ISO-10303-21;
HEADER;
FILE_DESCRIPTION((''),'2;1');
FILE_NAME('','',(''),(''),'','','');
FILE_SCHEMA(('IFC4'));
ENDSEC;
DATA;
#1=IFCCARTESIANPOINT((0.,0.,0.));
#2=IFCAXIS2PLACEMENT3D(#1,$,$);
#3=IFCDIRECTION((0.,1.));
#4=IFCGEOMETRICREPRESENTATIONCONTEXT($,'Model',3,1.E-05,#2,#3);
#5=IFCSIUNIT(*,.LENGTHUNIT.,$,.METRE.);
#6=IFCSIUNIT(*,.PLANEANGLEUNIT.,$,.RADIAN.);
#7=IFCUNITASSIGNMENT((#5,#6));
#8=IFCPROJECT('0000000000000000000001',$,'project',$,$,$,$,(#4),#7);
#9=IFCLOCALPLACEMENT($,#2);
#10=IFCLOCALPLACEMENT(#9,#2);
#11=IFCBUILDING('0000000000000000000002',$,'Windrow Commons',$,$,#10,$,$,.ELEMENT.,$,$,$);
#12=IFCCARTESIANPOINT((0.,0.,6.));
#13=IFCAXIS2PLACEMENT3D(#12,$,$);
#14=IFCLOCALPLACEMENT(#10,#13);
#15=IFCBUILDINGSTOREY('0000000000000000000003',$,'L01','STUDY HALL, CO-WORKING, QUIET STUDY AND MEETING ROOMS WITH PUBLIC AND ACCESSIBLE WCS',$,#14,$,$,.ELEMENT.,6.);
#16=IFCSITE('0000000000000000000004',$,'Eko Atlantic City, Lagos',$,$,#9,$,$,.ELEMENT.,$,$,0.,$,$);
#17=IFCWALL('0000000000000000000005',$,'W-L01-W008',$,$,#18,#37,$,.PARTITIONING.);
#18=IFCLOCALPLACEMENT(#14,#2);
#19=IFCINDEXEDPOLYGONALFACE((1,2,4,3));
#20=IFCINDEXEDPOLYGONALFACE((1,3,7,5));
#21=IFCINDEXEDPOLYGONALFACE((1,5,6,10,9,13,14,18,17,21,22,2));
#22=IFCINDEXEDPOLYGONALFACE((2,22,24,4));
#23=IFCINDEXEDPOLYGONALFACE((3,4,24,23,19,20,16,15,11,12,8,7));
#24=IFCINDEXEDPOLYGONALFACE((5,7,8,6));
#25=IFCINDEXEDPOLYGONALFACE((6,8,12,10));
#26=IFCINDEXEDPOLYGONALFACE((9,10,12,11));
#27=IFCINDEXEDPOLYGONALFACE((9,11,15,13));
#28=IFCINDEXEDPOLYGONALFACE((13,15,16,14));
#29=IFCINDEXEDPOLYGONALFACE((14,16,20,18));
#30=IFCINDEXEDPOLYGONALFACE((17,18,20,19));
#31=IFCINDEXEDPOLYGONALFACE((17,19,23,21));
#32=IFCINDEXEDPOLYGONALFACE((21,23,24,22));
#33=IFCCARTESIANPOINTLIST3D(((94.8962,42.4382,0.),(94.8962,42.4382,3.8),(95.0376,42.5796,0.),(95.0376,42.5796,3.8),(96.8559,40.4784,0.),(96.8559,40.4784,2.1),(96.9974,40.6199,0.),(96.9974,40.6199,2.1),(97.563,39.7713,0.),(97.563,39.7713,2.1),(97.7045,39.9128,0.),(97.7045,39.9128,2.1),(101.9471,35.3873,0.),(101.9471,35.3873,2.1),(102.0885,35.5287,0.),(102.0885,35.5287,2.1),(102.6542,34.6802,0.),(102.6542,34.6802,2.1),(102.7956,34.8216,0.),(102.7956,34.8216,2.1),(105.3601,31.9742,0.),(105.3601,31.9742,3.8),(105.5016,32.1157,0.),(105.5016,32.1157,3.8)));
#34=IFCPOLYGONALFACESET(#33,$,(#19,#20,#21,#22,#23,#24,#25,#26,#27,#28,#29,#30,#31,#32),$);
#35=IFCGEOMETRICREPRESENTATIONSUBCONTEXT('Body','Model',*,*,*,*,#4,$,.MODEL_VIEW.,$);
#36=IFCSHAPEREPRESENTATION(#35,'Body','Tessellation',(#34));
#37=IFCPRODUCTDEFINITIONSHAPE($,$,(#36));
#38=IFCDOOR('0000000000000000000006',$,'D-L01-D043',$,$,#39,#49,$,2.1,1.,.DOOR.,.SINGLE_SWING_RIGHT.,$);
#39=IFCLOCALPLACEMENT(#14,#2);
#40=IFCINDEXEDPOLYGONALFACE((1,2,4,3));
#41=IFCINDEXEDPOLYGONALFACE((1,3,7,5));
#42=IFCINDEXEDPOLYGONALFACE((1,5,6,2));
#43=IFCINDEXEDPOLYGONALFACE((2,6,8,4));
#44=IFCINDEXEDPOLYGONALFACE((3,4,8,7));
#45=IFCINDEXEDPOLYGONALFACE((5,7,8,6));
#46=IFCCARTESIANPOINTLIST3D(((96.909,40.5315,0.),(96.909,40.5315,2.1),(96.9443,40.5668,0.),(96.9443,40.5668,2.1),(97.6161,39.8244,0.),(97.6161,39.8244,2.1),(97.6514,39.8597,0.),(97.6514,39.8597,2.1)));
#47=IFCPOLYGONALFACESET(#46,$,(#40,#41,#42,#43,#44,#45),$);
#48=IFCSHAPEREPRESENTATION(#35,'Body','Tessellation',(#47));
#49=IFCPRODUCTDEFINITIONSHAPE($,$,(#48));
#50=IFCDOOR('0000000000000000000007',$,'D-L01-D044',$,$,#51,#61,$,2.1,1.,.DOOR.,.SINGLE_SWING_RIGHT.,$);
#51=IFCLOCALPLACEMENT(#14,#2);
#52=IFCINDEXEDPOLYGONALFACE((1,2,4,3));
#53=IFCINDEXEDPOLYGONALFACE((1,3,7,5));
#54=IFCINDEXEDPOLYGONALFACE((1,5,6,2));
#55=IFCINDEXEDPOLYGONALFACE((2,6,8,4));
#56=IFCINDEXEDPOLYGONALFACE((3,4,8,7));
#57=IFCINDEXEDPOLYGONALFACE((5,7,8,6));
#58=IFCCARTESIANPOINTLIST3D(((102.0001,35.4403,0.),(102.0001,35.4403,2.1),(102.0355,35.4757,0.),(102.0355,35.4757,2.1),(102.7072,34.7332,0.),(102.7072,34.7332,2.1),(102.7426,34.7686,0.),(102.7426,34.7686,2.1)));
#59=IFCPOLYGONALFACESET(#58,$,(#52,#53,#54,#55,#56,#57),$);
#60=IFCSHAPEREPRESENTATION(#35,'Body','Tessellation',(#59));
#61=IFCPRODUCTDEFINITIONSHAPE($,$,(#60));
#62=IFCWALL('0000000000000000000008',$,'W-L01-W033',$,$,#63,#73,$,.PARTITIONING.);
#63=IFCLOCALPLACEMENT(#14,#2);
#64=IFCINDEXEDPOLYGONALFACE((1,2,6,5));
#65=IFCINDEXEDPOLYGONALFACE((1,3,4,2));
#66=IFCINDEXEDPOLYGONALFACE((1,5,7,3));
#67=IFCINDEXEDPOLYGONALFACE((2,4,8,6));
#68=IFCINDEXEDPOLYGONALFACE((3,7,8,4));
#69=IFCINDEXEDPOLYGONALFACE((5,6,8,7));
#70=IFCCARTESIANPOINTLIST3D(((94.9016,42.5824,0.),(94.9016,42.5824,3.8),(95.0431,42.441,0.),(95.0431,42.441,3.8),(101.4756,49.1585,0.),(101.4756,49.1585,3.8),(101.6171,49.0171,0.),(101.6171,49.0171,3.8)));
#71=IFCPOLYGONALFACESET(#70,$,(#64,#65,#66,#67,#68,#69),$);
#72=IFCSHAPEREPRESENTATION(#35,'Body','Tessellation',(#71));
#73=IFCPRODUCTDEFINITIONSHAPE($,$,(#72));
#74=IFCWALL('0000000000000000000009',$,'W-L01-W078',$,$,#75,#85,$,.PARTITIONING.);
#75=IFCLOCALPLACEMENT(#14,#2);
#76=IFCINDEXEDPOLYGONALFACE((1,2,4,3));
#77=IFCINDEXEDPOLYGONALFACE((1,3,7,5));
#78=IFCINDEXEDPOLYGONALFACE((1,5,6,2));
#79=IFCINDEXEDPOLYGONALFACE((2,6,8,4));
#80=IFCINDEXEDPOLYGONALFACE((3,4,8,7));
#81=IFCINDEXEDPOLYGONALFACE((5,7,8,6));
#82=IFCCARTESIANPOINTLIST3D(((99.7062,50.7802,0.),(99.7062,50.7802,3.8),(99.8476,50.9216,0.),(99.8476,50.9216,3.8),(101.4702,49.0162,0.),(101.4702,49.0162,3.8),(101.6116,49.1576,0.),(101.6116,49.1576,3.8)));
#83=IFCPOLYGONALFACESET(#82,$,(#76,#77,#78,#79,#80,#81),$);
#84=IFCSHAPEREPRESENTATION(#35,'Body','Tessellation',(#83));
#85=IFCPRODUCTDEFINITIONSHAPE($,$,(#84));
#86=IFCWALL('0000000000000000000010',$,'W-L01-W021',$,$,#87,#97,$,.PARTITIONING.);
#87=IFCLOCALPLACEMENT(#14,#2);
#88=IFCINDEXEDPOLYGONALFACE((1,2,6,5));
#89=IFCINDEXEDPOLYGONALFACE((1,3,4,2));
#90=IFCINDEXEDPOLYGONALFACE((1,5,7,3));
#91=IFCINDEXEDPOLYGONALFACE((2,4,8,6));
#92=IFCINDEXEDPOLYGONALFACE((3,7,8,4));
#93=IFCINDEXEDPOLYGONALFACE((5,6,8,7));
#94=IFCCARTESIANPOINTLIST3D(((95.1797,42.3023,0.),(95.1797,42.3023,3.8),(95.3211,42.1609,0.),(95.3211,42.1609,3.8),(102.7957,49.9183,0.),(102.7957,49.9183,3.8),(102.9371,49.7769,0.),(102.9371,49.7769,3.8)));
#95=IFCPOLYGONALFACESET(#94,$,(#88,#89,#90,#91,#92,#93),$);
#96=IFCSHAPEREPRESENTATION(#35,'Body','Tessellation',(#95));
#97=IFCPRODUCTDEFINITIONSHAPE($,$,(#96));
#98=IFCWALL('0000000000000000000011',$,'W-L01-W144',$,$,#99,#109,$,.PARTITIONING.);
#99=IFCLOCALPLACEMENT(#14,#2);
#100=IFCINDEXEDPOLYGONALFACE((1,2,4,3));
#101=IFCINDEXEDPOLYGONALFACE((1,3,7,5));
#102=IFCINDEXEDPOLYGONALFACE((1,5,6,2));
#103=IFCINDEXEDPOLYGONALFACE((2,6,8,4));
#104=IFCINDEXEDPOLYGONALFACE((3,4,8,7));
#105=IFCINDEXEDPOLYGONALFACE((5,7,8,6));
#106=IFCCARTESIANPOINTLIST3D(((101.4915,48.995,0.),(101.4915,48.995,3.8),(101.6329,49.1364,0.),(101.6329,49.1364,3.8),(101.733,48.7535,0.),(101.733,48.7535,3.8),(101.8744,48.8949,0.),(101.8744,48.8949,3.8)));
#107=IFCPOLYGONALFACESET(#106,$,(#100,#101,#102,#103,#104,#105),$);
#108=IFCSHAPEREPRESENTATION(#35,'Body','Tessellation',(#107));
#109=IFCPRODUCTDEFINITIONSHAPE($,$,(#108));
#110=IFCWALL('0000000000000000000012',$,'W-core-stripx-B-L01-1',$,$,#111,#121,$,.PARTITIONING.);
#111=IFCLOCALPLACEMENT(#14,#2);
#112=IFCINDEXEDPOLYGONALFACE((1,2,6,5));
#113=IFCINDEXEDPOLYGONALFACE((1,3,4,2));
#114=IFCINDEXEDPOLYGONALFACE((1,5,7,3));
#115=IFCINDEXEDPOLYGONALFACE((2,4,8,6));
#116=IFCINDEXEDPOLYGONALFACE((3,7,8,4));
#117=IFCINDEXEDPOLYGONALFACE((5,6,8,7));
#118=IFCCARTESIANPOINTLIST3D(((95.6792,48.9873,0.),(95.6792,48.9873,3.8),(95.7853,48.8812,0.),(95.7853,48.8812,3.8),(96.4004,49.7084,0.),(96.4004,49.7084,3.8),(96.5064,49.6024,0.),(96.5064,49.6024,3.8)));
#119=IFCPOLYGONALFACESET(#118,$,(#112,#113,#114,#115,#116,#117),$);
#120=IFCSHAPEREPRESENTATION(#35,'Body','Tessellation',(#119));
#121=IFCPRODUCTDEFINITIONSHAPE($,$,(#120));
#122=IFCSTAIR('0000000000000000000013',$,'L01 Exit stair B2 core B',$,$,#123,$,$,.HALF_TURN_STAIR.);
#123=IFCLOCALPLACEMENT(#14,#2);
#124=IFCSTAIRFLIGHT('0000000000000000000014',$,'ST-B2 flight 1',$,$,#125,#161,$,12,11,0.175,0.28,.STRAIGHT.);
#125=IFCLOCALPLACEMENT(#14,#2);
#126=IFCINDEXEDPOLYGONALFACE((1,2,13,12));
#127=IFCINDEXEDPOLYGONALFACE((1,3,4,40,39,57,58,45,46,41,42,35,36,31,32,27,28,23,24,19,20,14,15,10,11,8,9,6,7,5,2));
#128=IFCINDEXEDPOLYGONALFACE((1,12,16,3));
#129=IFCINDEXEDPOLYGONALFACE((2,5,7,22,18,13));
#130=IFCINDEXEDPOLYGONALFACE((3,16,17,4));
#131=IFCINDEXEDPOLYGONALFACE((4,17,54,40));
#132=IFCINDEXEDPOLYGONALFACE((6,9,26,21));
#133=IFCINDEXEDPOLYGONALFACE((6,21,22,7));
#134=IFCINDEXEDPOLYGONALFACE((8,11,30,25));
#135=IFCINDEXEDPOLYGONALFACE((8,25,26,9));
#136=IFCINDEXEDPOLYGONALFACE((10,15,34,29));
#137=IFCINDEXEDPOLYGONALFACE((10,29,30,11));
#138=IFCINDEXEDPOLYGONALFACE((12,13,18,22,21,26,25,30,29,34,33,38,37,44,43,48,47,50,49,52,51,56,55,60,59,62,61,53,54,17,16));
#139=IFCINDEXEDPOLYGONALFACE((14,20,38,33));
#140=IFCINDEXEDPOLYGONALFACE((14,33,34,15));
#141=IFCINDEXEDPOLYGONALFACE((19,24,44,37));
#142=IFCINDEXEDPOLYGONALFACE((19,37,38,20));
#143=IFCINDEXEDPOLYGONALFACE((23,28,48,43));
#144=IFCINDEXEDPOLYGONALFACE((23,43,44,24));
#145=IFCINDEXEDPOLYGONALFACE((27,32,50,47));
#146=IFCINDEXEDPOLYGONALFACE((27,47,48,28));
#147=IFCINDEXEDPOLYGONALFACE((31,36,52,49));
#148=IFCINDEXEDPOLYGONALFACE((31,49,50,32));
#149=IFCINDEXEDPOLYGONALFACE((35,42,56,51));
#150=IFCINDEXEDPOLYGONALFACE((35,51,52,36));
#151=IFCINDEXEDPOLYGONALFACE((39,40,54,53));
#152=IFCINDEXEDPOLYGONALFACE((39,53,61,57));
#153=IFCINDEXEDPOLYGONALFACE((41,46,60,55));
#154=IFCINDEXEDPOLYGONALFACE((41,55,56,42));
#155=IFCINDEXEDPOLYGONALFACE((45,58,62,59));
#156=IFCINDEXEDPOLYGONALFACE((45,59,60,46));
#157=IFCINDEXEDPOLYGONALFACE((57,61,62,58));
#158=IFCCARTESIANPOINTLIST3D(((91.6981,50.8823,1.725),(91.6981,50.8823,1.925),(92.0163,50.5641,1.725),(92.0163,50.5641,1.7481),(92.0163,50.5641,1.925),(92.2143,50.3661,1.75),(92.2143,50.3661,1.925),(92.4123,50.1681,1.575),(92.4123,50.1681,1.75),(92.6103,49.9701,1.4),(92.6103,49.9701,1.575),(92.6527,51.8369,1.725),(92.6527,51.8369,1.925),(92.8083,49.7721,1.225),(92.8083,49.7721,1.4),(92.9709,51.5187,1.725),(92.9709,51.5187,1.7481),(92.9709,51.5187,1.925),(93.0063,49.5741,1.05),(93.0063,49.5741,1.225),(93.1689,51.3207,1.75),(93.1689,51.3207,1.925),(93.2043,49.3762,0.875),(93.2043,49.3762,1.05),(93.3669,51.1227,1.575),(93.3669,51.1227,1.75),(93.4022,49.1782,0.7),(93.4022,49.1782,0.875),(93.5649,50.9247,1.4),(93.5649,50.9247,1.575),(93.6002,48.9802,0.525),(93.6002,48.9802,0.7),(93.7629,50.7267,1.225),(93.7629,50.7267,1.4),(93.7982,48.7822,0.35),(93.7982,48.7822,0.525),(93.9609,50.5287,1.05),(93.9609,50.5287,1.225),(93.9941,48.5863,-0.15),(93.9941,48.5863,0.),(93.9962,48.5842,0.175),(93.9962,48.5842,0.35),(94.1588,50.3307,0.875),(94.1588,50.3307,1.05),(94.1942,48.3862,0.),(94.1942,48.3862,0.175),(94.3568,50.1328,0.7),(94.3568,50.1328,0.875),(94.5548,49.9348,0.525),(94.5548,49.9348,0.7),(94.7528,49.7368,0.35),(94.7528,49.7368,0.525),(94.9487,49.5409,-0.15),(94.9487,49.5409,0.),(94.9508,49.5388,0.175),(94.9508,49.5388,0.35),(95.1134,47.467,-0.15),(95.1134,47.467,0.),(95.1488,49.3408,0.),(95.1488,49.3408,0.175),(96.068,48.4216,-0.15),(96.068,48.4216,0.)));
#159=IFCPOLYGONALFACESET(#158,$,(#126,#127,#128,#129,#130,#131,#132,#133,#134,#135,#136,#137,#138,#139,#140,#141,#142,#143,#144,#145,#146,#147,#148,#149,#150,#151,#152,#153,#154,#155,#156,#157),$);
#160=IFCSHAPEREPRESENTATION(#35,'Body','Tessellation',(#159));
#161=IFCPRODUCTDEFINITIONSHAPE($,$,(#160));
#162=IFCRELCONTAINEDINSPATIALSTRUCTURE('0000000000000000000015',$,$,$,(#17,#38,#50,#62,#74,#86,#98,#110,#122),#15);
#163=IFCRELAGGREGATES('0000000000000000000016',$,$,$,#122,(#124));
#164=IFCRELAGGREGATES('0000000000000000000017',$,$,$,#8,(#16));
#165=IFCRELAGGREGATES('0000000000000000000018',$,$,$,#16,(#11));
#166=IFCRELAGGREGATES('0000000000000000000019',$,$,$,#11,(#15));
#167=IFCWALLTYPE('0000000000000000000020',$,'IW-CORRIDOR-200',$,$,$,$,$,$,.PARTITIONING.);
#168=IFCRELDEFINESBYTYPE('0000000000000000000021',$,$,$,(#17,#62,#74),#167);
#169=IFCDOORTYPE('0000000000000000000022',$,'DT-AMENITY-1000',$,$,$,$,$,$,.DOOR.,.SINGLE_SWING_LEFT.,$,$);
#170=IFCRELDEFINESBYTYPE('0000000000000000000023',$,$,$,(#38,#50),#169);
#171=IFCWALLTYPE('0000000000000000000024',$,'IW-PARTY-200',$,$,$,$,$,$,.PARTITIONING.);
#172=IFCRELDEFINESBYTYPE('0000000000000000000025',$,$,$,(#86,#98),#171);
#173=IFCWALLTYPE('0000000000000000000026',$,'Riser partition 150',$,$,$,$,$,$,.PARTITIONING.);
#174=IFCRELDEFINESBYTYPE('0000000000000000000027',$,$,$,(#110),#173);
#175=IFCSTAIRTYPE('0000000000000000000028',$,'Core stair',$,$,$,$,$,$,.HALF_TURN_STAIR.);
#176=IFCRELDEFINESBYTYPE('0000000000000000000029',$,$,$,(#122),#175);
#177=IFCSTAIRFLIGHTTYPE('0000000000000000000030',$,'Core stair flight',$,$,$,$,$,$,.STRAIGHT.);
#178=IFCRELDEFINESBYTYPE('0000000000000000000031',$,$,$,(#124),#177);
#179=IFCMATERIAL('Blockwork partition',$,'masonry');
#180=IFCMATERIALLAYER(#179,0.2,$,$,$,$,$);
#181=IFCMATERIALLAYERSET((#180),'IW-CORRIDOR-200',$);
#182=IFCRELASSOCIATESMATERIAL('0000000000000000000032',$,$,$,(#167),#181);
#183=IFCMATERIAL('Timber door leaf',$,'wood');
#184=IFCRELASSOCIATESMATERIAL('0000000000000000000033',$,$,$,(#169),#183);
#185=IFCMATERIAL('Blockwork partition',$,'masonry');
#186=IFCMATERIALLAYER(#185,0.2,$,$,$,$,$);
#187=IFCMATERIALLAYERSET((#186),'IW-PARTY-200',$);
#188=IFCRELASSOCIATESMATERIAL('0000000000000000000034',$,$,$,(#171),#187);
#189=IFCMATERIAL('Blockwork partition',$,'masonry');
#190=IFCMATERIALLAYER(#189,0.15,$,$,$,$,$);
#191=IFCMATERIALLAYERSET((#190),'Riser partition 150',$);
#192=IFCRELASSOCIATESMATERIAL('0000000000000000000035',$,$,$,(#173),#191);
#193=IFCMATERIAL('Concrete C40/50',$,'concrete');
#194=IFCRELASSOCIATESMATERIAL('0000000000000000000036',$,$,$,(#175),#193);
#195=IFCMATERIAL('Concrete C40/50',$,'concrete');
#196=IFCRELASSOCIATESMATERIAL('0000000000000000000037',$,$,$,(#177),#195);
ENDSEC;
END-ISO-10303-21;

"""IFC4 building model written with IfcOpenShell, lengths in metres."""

from ifc_helpers import new_model, si_unit, direction, frame, frame_2d, origin, place, context, subcontext, project, spatial, polyline, rectangle, outline, extrude, material, layer, layer_set, type_object, element, fill, aggregate, save


model = new_model("IFC4")

# Units and contexts
model_context = context("Model", 3, precision=1e-05, world=origin(), true_north=direction((0.0, 1.0)))
body_context = subcontext(model_context, "Body", "Model", "MODEL_VIEW")
ifc_project = project(units=[si_unit("LENGTHUNIT", "METRE"), si_unit("PLANEANGLEUNIT", "RADIAN")], contexts=[model_context])

# Site, building, storey
site_placement = place(None, origin())
site = spatial("IfcSite", under=ifc_project, at=site_placement, Name="Eko Atlantic City, Lagos", CompositionType="ELEMENT", RefElevation=0.0)
building_placement = place(site_placement, origin())
building = spatial("IfcBuilding", under=site, at=building_placement, Name="Windrow Commons", CompositionType="ELEMENT")
storey_placement = place(building_placement, frame((0.0, 0.0, 6.0)))
storey = spatial("IfcBuildingStorey", under=building, at=storey_placement, Name="L01", Description="STUDY HALL, CO-WORKING, QUIET STUDY AND MEETING ROOMS WITH PUBLIC AND ACCESSIBLE WCS", CompositionType="ELEMENT", Elevation=6.0)

# Shared definitions
placement = place(storey_placement, origin())

# Wall, openings, doors
ifc_material_1 = material(Name="Blockwork partition", Category="masonry")
ifc_layer_1 = layer(ifc_material_1, 0.2)
ifc_layer_set_1 = layer_set([ifc_layer_1], Name="IW-CORRIDOR-200")
wall_type_1 = type_object("IfcWallType", Name="IW-CORRIDOR-200", PredefinedType="PARTITIONING", material=ifc_layer_set_1)
wall_1_placement = place(storey_placement, frame((94.9669, 42.5089, 0.0), z_axis=(0.0, 0.0, 1.0), x_axis=(0.707107, -0.707107, 0.0)))
wall_1 = element("IfcWall", 1, at=wall_1_placement, inside=storey, type_object=wall_type_1, Name="W-L01-W008", PredefinedType="PARTITIONING", context=body_context, shape_type="SweptSolid", body=[
    extrude(rectangle(XDim=14.7983, YDim=0.2, at=frame_2d((7.3991, 0.0))), origin(), (0.0, 0.0, 1.0), 3.8),
])
opening_1_placement = place(wall_1_placement, frame((2.7715, 0.0, 0.0)))
opening_1 = element("IfcOpeningElement", 2, at=opening_1_placement, cuts=wall_1, PredefinedType="OPENING", context=body_context, shape_type="SweptSolid", body=[
    extrude(rectangle(XDim=1.0, YDim=2.1, at=frame_2d((0.5, 1.05))), frame((0.0, 0.11, 0.0), z_axis=(0.0, -1.0, 0.0), x_axis=(1.0, 0.0, 0.0)), (0.0, 0.0, 1.0), 0.22),
])
opening_2_placement = place(wall_1_placement, frame((9.9715, 0.0, 0.0)))
opening_2 = element("IfcOpeningElement", 3, at=opening_2_placement, cuts=wall_1, PredefinedType="OPENING", context=body_context, shape_type="SweptSolid", body=[
    extrude(rectangle(XDim=1.0, YDim=2.1, at=frame_2d((0.5, 1.05))), frame((0.0, 0.11, 0.0), z_axis=(0.0, -1.0, 0.0), x_axis=(1.0, 0.0, 0.0)), (0.0, 0.0, 1.0), 0.22),
])
ifc_material_2 = material(Name="Timber door leaf", Category="wood")
door_type = type_object("IfcDoorType", Name="DT-AMENITY-1000", OperationType="SINGLE_SWING_LEFT", PredefinedType="DOOR", material=ifc_material_2)
door_1_placement = place(opening_1_placement, origin())
door_1 = element("IfcDoor", 4, at=door_1_placement, inside=storey, type_object=door_type, Name="D-L01-D043", OperationType="SINGLE_SWING_RIGHT", OverallHeight=2.1, OverallWidth=1.0, PredefinedType="DOOR", context=body_context, shape_type="SweptSolid", body=[
    extrude(rectangle(XDim=1.0, YDim=2.1, at=frame_2d((0.5, 1.05))), frame((0.0, 0.025, 0.0), z_axis=(0.0, -1.0, 0.0), x_axis=(1.0, 0.0, 0.0)), (0.0, 0.0, 1.0), 0.05),
])
fill(opening_1, door_1)
door_2_placement = place(opening_2_placement, origin())
door_2 = element("IfcDoor", 5, at=door_2_placement, inside=storey, type_object=door_type, Name="D-L01-D044", OperationType="SINGLE_SWING_RIGHT", OverallHeight=2.1, OverallWidth=1.0, PredefinedType="DOOR", context=body_context, shape_type="SweptSolid", body=[
    extrude(rectangle(XDim=1.0, YDim=2.1, at=frame_2d((0.5, 1.05))), frame((0.0, 0.025, 0.0), z_axis=(0.0, -1.0, 0.0), x_axis=(1.0, 0.0, 0.0)), (0.0, 0.0, 1.0), 0.05),
])
fill(opening_2, door_2)

# Walls
wall_2_placement = place(storey_placement, frame((94.9723, 42.5117, 0.0), z_axis=(0.0, 0.0, 1.0), x_axis=(0.706999, 0.707214, 0.0)))
element("IfcWall", 6, at=wall_2_placement, inside=storey, type_object=wall_type_1, Name="W-L01-W033", PredefinedType="PARTITIONING", context=body_context, shape_type="SweptSolid", body=[
    extrude(rectangle(XDim=9.2985, YDim=0.2, at=frame_2d((4.6493, 0.0))), origin(), (0.0, 0.0, 1.0), 3.8),
])
wall_3_placement = place(storey_placement, frame((99.7769, 50.8509, 0.0), z_axis=(0.0, 0.0, 1.0), x_axis=(0.707107, -0.707107, 0.0)))
element("IfcWall", 7, at=wall_3_placement, inside=storey, type_object=wall_type_1, Name="W-L01-W078", PredefinedType="PARTITIONING", context=body_context, shape_type="SweptSolid", body=[
    extrude(rectangle(XDim=2.4947, YDim=0.2, at=frame_2d((1.2473, 0.0))), origin(), (0.0, 0.0, 1.0), 3.8),
])
ifc_material_3 = material(Name="Blockwork partition", Category="masonry")
ifc_layer_2 = layer(ifc_material_3, 0.2)
ifc_layer_set_2 = layer_set([ifc_layer_2], Name="IW-PARTY-200")
wall_type_2 = type_object("IfcWallType", Name="IW-PARTY-200", PredefinedType="PARTITIONING", material=ifc_layer_set_2)
wall_4_placement = place(storey_placement, frame((95.2504, 42.2316, 0.0), z_axis=(0.0, 0.0, 1.0), x_axis=(0.707107, 0.707107, 0.0)))
element("IfcWall", 8, at=wall_4_placement, inside=storey, type_object=wall_type_2, Name="W-L01-W021", PredefinedType="PARTITIONING", context=body_context, shape_type="SweptSolid", body=[
    extrude(rectangle(XDim=10.7707, YDim=0.2, at=frame_2d((5.3853, 0.0))), origin(), (0.0, 0.0, 1.0), 3.8),
])
wall_5_placement = place(storey_placement, frame((101.5622, 49.0657, 0.0), z_axis=(0.0, 0.0, 1.0), x_axis=(0.707107, -0.707107, 0.0)))
element("IfcWall", 9, at=wall_5_placement, inside=storey, type_object=wall_type_2, Name="W-L01-W144", PredefinedType="PARTITIONING", context=body_context, shape_type="SweptSolid", body=[
    extrude(rectangle(XDim=0.3415, YDim=0.2, at=frame_2d((0.1708, 0.0))), origin(), (0.0, 0.0, 1.0), 3.8),
])
ifc_material_4 = material(Name="Blockwork partition", Category="masonry")
ifc_layer_3 = layer(ifc_material_4, 0.15)
ifc_layer_set_3 = layer_set([ifc_layer_3], Name="Riser partition 150")
wall_type_3 = type_object("IfcWallType", Name="Riser partition 150", PredefinedType="PARTITIONING", material=ifc_layer_set_3)
wall_6_placement = place(storey_placement, frame((95.7322, 48.9342, 0.0), z_axis=(0.0, 0.0, 1.0), x_axis=(0.707107, 0.707107, 0.0)))
element("IfcWall", 10, at=wall_6_placement, inside=storey, type_object=wall_type_3, Name="W-core-stripx-B-L01-1", PredefinedType="PARTITIONING", context=body_context, shape_type="SweptSolid", body=[
    extrude(rectangle(XDim=1.0199, YDim=0.15, at=frame_2d((0.51, 0.0))), origin(), (0.0, 0.0, 1.0), 3.8),
])

# Stair, stair flight
ifc_material_5 = material(Name="Concrete C40/50", Category="concrete")
stair_type = type_object("IfcStairType", Name="Core stair", PredefinedType="HALF_TURN_STAIR", material=ifc_material_5)
stair = element("IfcStair", 11, at=placement, inside=storey, type_object=stair_type, Name="L01 Exit stair B2 core B", PredefinedType="HALF_TURN_STAIR")
ifc_material_6 = material(Name="Concrete C40/50", Category="concrete")
stair_flight_type = type_object("IfcStairFlightType", Name="Core stair flight", PredefinedType="STRAIGHT", material=ifc_material_6)
stair_flight_placement = place(storey_placement, frame((94.6715, 48.8635, 0.0), z_axis=(0.0, 0.0, 1.0), x_axis=(-0.707107, 0.707107, 0.0)))
stair_flight = element("IfcStairFlight", 12, at=stair_flight_placement, type_object=stair_flight_type, Name="ST-B2 flight 1", NumberOfRisers=12, NumberOfTreads=11, PredefinedType="STRAIGHT", RiserHeight=0.175, TreadLength=0.28, context=body_context, shape_type="SweptSolid", body=[
    extrude(outline(polyline([(-1.3, -0.15), (-1.3, 0.0), (0.0, 0.0), (0.0, 0.175), (0.28, 0.175), (0.28, 0.35), (0.56, 0.35), (0.56, 0.525), (0.84, 0.525), (0.84, 0.7), (1.12, 0.7), (1.12, 0.875), (1.4, 0.875), (1.4, 1.05), (1.68, 1.05), (1.68, 1.225), (1.96, 1.225), (1.96, 1.4), (2.24, 1.4), (2.24, 1.575), (2.52, 1.575), (2.52, 1.75), (2.8, 1.75), (2.8, 1.925), (3.08, 1.925), (3.53, 1.925), (3.53, 1.725), (3.08, 1.725), (3.08, 1.7481), (0.283, 0.0), (0.283, -0.15), (-1.3, -0.15)])), frame((0.0, 0.675, 0.0), z_axis=(0.0, -1.0, 0.0), x_axis=(1.0, 0.0, 0.0)), (0.0, 0.0, 1.0), 1.35),
])
aggregate(stair, [stair_flight])

save(model, "model.ifc")
